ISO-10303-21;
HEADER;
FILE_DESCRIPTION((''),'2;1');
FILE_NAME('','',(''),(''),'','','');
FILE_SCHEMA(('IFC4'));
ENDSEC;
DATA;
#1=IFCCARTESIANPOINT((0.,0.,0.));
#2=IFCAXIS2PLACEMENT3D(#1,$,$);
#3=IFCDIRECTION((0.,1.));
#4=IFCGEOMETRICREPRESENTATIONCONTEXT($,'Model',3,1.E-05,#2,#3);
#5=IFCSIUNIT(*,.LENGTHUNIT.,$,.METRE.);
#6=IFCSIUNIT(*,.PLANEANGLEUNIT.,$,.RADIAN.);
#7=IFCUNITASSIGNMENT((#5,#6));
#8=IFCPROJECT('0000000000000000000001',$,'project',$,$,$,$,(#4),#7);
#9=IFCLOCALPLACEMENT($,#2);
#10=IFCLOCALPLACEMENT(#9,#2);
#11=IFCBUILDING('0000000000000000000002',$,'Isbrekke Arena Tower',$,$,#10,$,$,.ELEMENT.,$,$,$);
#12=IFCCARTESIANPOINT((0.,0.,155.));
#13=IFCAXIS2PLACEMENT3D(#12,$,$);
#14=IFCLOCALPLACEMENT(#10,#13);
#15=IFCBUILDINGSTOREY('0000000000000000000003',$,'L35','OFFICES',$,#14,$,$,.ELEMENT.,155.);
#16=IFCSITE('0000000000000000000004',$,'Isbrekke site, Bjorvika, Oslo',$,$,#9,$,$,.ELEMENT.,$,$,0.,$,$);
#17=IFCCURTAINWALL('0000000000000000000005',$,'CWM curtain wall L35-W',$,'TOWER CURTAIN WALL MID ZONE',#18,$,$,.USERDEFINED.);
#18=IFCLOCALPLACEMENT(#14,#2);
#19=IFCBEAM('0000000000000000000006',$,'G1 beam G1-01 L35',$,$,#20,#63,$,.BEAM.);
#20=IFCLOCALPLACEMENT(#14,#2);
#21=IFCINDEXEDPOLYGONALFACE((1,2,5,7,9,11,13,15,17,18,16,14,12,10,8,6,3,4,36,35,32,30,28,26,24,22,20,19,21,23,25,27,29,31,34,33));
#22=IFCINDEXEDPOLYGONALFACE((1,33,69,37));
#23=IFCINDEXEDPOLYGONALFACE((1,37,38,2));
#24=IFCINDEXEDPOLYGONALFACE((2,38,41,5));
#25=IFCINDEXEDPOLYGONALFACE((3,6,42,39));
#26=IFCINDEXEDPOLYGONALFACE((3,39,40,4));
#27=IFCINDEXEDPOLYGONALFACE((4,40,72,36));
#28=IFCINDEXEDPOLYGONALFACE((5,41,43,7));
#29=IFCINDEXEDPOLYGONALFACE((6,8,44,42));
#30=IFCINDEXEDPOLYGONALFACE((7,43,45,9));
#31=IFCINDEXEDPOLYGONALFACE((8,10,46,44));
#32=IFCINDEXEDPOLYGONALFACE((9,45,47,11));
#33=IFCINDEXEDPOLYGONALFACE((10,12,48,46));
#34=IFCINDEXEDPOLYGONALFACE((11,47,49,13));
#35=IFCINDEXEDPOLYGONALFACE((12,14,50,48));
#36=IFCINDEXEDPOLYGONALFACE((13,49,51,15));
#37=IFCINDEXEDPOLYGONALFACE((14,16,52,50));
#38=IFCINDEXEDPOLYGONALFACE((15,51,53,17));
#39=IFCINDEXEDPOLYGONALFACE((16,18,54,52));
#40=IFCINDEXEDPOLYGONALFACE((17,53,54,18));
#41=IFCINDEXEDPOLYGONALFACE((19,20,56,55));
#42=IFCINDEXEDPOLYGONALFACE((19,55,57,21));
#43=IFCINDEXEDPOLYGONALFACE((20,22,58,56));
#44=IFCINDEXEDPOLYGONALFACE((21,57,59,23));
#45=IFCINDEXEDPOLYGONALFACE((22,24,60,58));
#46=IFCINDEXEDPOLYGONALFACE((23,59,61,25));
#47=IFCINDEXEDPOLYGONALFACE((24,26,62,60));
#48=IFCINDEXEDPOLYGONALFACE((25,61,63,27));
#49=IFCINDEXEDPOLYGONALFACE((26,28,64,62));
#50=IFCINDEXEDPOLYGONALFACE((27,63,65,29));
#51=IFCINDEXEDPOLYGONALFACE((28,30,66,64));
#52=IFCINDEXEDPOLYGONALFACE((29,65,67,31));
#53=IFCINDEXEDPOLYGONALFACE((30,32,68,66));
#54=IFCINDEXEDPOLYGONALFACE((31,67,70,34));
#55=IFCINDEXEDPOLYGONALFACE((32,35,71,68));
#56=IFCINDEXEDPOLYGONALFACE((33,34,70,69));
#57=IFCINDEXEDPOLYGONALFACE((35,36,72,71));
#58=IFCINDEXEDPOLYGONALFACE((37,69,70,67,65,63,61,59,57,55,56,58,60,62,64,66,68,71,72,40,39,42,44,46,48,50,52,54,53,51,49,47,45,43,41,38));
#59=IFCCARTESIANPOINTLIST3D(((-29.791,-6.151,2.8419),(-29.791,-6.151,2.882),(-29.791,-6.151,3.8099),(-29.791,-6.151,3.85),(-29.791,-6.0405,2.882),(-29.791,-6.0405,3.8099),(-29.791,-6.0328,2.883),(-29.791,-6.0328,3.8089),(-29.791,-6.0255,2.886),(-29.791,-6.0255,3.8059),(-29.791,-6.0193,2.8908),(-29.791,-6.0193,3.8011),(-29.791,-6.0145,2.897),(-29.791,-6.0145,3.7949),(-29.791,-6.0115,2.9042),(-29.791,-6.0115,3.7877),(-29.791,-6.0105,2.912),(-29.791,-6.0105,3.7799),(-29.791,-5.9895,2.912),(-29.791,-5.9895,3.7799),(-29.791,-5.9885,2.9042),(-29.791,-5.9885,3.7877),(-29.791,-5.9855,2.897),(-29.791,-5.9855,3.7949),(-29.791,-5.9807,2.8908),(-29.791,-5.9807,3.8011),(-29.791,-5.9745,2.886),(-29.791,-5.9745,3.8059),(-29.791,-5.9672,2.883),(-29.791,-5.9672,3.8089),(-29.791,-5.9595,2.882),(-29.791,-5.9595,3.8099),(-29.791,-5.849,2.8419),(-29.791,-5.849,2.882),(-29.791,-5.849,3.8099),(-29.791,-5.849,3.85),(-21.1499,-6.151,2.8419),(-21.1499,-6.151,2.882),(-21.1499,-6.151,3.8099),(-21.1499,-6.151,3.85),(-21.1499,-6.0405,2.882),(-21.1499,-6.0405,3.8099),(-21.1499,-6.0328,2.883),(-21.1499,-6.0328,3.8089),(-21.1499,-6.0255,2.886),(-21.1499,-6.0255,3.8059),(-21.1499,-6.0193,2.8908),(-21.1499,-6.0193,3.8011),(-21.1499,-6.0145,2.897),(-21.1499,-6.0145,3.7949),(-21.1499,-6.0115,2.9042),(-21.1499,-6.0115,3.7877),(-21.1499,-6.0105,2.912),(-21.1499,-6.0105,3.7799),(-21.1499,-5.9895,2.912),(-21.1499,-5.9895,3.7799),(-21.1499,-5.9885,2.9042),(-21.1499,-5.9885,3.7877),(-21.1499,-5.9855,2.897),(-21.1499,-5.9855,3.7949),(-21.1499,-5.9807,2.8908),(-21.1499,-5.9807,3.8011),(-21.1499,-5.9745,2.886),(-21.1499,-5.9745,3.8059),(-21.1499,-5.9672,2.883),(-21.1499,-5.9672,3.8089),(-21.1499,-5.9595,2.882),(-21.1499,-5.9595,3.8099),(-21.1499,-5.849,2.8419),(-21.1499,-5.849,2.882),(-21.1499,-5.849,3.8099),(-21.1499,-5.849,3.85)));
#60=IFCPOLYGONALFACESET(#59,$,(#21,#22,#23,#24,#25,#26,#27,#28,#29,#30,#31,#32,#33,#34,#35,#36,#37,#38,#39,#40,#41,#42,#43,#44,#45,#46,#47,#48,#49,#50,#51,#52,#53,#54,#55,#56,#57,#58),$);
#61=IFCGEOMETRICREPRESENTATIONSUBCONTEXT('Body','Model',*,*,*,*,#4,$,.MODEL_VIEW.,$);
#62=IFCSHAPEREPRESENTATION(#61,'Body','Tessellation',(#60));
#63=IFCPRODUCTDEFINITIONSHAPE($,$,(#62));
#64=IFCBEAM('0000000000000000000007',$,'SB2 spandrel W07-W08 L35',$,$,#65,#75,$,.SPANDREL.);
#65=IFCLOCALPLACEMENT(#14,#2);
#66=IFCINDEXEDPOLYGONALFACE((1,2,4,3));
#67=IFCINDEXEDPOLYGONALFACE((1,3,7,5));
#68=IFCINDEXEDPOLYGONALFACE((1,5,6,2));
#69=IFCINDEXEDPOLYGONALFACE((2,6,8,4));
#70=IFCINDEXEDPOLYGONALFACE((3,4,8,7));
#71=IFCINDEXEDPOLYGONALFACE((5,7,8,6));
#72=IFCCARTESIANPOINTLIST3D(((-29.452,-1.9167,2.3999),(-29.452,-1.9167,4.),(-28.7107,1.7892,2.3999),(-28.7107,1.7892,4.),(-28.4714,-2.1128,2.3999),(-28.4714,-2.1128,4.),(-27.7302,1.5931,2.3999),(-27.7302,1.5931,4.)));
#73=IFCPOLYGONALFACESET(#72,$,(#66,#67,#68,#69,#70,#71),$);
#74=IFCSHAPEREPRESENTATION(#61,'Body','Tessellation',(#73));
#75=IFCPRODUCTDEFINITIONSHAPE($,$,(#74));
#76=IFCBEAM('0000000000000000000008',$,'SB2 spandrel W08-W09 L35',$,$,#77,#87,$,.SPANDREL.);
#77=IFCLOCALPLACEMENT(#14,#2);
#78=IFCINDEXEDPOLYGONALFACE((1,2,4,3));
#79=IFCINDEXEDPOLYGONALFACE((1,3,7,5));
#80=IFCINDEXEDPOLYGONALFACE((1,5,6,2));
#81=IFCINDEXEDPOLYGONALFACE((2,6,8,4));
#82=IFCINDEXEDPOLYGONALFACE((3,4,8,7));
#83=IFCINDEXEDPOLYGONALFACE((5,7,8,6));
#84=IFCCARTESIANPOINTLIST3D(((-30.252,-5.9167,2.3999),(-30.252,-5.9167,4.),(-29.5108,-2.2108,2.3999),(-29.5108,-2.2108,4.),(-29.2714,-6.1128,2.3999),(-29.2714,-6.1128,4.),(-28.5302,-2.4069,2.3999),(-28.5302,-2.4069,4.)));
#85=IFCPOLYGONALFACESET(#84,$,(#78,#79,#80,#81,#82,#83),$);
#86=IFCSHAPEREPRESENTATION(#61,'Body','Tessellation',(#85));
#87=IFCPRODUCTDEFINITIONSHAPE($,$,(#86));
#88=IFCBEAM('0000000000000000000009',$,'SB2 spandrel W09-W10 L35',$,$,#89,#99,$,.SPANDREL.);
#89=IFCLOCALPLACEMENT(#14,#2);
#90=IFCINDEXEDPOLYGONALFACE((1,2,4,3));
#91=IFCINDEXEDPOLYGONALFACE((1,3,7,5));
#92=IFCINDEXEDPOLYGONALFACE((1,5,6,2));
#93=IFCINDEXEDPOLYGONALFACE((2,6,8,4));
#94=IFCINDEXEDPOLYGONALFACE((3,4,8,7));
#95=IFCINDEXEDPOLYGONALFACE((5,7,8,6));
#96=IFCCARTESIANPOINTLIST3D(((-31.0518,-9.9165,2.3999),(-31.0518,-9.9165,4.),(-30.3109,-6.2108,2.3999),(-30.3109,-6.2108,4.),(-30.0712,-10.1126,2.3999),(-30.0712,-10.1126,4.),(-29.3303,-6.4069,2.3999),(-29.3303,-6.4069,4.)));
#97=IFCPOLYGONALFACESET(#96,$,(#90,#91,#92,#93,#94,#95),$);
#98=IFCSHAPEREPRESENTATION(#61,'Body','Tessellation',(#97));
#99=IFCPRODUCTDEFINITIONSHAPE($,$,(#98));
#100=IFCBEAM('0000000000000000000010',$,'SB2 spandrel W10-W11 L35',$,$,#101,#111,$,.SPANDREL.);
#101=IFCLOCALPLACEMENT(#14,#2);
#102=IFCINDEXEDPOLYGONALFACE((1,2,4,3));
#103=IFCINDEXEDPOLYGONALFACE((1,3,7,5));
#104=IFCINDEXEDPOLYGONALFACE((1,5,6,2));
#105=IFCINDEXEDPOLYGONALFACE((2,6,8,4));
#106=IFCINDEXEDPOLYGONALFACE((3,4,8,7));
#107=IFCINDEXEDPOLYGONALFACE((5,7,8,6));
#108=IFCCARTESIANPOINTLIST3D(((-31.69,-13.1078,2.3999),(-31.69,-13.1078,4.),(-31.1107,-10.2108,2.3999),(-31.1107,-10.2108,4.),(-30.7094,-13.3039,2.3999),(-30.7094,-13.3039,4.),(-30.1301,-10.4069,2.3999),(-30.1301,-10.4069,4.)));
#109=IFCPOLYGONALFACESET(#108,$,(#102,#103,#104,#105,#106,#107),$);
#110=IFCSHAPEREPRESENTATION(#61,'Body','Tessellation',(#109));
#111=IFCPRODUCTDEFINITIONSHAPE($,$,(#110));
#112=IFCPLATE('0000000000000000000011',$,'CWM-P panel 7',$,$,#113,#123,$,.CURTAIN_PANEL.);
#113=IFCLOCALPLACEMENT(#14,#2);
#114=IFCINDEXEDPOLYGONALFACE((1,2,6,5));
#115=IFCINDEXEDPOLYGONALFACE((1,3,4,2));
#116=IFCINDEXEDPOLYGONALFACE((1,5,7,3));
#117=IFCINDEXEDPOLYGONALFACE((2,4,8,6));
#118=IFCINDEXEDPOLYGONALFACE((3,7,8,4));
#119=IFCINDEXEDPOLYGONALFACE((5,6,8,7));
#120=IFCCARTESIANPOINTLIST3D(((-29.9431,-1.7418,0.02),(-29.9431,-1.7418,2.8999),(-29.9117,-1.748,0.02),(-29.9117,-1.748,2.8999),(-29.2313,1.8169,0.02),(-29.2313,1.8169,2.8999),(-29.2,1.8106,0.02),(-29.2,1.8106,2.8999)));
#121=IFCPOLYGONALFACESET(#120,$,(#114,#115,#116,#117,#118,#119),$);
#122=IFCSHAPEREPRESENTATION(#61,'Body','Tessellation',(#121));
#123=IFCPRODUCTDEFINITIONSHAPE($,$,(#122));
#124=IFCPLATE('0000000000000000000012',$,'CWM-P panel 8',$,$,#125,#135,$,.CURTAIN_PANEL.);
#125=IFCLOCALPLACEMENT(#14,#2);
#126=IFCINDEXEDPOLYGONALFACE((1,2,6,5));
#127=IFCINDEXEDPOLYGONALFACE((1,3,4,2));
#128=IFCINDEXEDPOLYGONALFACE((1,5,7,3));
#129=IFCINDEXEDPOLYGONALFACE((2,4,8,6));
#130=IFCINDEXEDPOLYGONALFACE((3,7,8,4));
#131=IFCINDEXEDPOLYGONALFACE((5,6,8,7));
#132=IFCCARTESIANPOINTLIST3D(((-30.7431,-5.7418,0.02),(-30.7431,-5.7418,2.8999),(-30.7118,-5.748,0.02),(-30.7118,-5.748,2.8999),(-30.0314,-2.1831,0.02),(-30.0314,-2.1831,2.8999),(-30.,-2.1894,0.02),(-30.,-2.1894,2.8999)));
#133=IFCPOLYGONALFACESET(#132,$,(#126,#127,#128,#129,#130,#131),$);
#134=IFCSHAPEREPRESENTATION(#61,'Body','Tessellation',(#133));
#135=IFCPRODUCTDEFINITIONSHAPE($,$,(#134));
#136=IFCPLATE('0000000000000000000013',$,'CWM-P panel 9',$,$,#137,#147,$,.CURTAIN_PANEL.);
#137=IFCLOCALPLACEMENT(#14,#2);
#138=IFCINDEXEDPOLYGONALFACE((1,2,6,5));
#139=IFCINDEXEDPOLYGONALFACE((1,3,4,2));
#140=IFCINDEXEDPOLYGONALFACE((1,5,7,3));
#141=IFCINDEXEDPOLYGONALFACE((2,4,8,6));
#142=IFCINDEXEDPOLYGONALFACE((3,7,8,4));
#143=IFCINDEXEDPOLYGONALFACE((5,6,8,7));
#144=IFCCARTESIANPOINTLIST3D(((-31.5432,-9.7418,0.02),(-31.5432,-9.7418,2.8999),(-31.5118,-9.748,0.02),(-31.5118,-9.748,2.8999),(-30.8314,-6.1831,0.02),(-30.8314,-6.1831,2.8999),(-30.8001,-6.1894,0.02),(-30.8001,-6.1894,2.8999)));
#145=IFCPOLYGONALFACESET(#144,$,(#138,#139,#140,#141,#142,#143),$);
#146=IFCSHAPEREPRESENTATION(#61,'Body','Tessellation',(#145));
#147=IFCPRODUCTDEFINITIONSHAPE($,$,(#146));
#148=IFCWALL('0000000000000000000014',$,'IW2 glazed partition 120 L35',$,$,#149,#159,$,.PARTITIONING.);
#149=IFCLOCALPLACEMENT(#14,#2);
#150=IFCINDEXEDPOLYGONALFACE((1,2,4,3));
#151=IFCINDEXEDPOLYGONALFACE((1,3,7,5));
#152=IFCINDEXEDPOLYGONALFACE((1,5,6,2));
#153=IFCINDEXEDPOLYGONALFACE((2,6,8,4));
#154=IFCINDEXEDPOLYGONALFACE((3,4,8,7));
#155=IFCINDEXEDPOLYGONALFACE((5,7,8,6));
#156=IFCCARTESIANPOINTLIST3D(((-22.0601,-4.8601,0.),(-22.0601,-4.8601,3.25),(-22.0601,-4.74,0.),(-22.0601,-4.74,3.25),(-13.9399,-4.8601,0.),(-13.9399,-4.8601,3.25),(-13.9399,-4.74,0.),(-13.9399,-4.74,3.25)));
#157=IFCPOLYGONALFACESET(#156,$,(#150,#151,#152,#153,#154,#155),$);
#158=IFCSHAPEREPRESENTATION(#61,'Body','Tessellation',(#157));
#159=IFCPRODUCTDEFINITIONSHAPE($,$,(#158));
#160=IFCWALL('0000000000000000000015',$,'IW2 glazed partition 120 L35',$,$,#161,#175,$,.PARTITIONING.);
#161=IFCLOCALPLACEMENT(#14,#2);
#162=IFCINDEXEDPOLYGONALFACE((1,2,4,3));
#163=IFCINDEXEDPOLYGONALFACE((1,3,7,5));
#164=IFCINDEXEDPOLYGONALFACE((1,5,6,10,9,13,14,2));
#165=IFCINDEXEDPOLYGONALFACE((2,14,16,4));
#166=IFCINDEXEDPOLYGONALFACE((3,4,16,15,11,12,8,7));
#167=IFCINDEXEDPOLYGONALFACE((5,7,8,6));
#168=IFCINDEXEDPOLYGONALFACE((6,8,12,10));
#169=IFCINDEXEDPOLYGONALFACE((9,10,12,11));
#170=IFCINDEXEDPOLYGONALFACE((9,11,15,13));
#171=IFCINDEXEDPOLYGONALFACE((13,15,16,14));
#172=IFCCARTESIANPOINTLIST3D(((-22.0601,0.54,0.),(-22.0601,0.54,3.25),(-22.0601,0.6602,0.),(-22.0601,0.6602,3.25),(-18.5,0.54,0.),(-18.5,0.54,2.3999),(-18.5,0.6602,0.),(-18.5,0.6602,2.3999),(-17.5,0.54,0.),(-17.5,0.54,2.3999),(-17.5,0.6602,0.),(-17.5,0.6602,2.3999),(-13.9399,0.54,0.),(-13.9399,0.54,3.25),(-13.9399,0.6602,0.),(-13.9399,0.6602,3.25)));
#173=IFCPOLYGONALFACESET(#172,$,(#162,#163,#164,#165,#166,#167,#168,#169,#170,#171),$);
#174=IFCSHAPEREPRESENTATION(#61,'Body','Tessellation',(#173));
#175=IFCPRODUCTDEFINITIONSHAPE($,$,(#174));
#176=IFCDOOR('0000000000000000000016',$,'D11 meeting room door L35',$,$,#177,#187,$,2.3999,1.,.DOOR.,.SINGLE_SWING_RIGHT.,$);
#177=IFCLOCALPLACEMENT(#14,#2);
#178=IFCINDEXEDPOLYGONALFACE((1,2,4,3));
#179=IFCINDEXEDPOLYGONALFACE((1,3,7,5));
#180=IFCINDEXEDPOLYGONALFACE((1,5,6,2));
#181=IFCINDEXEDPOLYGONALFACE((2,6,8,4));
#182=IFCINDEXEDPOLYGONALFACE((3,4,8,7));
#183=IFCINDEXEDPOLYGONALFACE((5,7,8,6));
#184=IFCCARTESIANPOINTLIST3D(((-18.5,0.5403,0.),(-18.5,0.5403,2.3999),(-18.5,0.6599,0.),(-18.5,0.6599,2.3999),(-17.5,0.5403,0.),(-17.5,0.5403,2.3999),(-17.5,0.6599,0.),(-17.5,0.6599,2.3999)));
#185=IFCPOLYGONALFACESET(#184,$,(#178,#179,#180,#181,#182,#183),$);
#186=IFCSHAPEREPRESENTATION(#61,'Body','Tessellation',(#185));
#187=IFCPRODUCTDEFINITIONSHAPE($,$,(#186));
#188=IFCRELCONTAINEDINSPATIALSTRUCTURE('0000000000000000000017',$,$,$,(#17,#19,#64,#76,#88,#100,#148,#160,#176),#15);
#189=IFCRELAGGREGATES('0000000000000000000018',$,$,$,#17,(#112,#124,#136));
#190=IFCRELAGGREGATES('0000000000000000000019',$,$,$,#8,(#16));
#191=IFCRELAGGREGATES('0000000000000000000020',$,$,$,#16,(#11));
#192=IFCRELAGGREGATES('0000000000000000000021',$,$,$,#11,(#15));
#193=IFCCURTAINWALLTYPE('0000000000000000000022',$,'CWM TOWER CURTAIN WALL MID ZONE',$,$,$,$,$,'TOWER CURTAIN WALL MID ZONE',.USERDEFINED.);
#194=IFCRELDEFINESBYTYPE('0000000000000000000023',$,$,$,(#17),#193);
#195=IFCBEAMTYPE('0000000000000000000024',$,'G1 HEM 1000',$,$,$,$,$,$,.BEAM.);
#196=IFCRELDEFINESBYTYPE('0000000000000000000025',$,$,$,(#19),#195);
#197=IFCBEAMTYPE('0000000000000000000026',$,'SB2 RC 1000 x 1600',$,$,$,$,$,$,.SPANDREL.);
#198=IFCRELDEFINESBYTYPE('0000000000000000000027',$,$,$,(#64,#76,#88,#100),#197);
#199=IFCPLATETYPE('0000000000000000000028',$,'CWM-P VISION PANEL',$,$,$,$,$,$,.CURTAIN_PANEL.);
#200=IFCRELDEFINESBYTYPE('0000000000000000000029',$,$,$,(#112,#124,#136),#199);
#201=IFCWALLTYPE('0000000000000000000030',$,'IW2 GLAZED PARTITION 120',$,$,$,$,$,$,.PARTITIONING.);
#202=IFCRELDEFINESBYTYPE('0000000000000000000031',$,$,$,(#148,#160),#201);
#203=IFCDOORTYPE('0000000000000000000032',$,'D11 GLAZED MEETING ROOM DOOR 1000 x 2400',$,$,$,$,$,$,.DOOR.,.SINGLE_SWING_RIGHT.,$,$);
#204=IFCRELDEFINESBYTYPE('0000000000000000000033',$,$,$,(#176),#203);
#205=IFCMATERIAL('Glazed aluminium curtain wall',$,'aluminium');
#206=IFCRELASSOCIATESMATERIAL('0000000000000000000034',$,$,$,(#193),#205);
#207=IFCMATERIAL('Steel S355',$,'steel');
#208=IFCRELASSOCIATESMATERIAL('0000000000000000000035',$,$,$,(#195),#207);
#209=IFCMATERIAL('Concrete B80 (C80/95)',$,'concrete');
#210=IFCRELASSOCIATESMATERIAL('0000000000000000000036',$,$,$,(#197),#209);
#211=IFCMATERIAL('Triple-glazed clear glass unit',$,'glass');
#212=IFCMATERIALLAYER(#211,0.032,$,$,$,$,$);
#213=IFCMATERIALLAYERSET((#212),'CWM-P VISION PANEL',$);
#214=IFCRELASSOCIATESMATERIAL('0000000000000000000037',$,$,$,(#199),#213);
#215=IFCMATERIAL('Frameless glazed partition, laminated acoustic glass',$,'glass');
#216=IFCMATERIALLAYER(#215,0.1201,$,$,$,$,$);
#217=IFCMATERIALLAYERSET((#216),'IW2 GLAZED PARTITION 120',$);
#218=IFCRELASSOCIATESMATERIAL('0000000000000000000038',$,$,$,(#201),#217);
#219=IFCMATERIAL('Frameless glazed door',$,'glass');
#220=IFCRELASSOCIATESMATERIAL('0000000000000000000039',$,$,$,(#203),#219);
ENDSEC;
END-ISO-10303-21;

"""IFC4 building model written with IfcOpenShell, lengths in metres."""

from ifc_helpers import new_model, si_unit, direction, frame, frame_2d, origin, origin_2d, place, context, subcontext, project, spatial, rectangle, i_section, extrude, material, layer, layer_set, material_profile, profile_set, type_object, element, fill, aggregate, save


model = new_model("IFC4")

# Units and contexts
model_context = context("Model", 3, precision=1e-05, world=origin(), true_north=direction((0.0, 1.0)))
body_context = subcontext(model_context, "Body", "Model", "MODEL_VIEW")
ifc_project = project(units=[si_unit("LENGTHUNIT", "METRE"), si_unit("PLANEANGLEUNIT", "RADIAN")], contexts=[model_context])

# Site, building, storey
site_placement = place(None, origin())
site = spatial("IfcSite", under=ifc_project, at=site_placement, Name="Isbrekke site, Bjorvika, Oslo", CompositionType="ELEMENT", RefElevation=0.0)
building_placement = place(site_placement, origin())
building = spatial("IfcBuilding", under=site, at=building_placement, Name="Isbrekke Arena Tower", CompositionType="ELEMENT")
storey_placement = place(building_placement, frame((0.0, 0.0, 155.0)))
storey = spatial("IfcBuildingStorey", under=building, at=storey_placement, Name="L35", Description="OFFICES", CompositionType="ELEMENT", Elevation=155.0)

# Curtain wall
ifc_material_1 = material(Name="Glazed aluminium curtain wall", Category="aluminium")
curtain_wall_type = type_object("IfcCurtainWallType", Name="CWM TOWER CURTAIN WALL MID ZONE", ElementType="TOWER CURTAIN WALL MID ZONE", PredefinedType="USERDEFINED", material=ifc_material_1)
curtain_wall_placement = place(storey_placement, origin())
curtain_wall = element("IfcCurtainWall", 1, at=curtain_wall_placement, inside=storey, type_object=curtain_wall_type, Name="CWM curtain wall L35-W", ObjectType="TOWER CURTAIN WALL MID ZONE", PredefinedType="USERDEFINED")

# Beams
ifc_material_2 = material(Name="Steel S355", Category="steel")
ifc_material_profile_1 = material_profile(ifc_material_2, i_section(OverallWidth=0.302, OverallDepth=1.0081, WebThickness=0.021, FlangeThickness=0.04, FilletRadius=0.03, at=origin_2d()), Name="HEM 1000")
ifc_profile_set_1 = profile_set([ifc_material_profile_1], Name="Steel S355")
beam_type_1 = type_object("IfcBeamType", Name="G1 HEM 1000", PredefinedType="BEAM", material=ifc_profile_set_1)
beam_1_placement = place(storey_placement, frame((-29.791, -6.0, 3.3459), z_axis=(1.0, 0.0, 0.0), x_axis=(0.0, 1.0, 0.0)))
element("IfcBeam", 2, at=beam_1_placement, inside=storey, type_object=beam_type_1, Name="G1 beam G1-01 L35", PredefinedType="BEAM", context=body_context, shape_type="SweptSolid", body=[
    extrude(i_section(OverallWidth=0.302, OverallDepth=1.0081, WebThickness=0.021, FlangeThickness=0.04, FilletRadius=0.03, at=origin_2d()), origin(), (0.0, 0.0, 1.0), 8.6411),
])
ifc_material_3 = material(Name="Concrete B80 (C80/95)", Category="concrete")
ifc_material_profile_2 = material_profile(ifc_material_3, rectangle(XDim=1.0, YDim=1.6001, at=origin_2d()), Name="RC 1000x1600")
ifc_profile_set_2 = profile_set([ifc_material_profile_2], Name="Concrete B80 (C80/95)")
beam_type_2 = type_object("IfcBeamType", Name="SB2 RC 1000 x 1600", PredefinedType="SPANDREL", material=ifc_profile_set_2)
for number, where, z_axis, x_axis, name in (
    (3, (-28.2205, 1.6912, 3.2), (-0.196129, -0.980578, 0.0), (0.980578, -0.196129, 0.0), "SB2 spandrel W07-W08 L35"),
    (4, (-29.0205, -2.3088, 3.2), (-0.196129, -0.980578, 0.0), (0.980578, -0.196129, 0.0), "SB2 spandrel W08-W09 L35"),
):
    element("IfcBeam", number, at=place(storey_placement, frame(where, z_axis=z_axis, x_axis=x_axis)), inside=storey, type_object=beam_type_2, Name=name, PredefinedType="SPANDREL", context=body_context, shape_type="SweptSolid", body=[
        extrude(rectangle(XDim=1.0, YDim=1.6001, at=origin_2d()), origin(), (0.0, 0.0, 1.0), 3.7793),
    ])
beam_2_placement = place(storey_placement, frame((-29.8206, -6.3088, 3.2), z_axis=(-0.196066, -0.980591, 0.0), x_axis=(0.980591, -0.196066, 0.0)))
element("IfcBeam", 5, at=beam_2_placement, inside=storey, type_object=beam_type_2, Name="SB2 spandrel W09-W10 L35", PredefinedType="SPANDREL", context=body_context, shape_type="SweptSolid", body=[
    extrude(rectangle(XDim=1.0, YDim=1.6001, at=origin_2d()), origin(), (0.0, 0.0, 1.0), 3.7791),
])
beam_3_placement = place(storey_placement, frame((-30.6204, -10.3088, 3.2), z_axis=(-0.1961, -0.980584, 0.0), x_axis=(0.980584, -0.1961, 0.0)))
element("IfcBeam", 6, at=beam_3_placement, inside=storey, type_object=beam_type_2, Name="SB2 spandrel W10-W11 L35", PredefinedType="SPANDREL", context=body_context, shape_type="SweptSolid", body=[
    extrude(rectangle(XDim=1.0, YDim=1.6001, at=origin_2d()), origin(), (0.0, 0.0, 1.0), 2.9543),
])

# Plates
ifc_material_4 = material(Name="Triple-glazed clear glass unit", Category="glass")
ifc_layer_1 = layer(ifc_material_4, 0.032)
ifc_layer_set_1 = layer_set([ifc_layer_1], Name="CWM-P VISION PANEL")
plate_type = type_object("IfcPlateType", Name="CWM-P VISION PANEL", PredefinedType="CURTAIN_PANEL", material=ifc_layer_set_1)
plate_1_placement = place(storey_placement, frame((-29.5715, 0.0344, 0.02), z_axis=(0.0, 0.0, 1.0), x_axis=(-0.196116, -0.980581, 0.0)))
plate_1 = element("IfcPlate", 7, at=plate_1_placement, type_object=plate_type, Name="CWM-P panel 7", PredefinedType="CURTAIN_PANEL", context=body_context, shape_type="SweptSolid", body=[
    extrude(rectangle(XDim=3.6292, YDim=0.032, at=origin_2d()), origin(), (0.0, 0.0, 1.0), 2.8799),
])
plate_2_placement = place(storey_placement, frame((-30.3716, -3.9656, 0.02), z_axis=(0.0, 0.0, 1.0), x_axis=(-0.196116, -0.980581, 0.0)))
plate_2 = element("IfcPlate", 8, at=plate_2_placement, type_object=plate_type, Name="CWM-P panel 8", PredefinedType="CURTAIN_PANEL", context=body_context, shape_type="SweptSolid", body=[
    extrude(rectangle(XDim=3.6292, YDim=0.032, at=origin_2d()), origin(), (0.0, 0.0, 1.0), 2.8799),
])
plate_3_placement = place(storey_placement, frame((-31.1716, -7.9656, 0.02), z_axis=(0.0, 0.0, 1.0), x_axis=(-0.196116, -0.980581, 0.0)))
plate_3 = element("IfcPlate", 9, at=plate_3_placement, type_object=plate_type, Name="CWM-P panel 9", PredefinedType="CURTAIN_PANEL", context=body_context, shape_type="SweptSolid", body=[
    extrude(rectangle(XDim=3.6292, YDim=0.032, at=origin_2d()), origin(), (0.0, 0.0, 1.0), 2.8799),
])
aggregate(curtain_wall, [plate_1, plate_2, plate_3])

# Wall
ifc_material_5 = material(Name="Frameless glazed partition, laminated acoustic glass", Category="glass")
ifc_layer_2 = layer(ifc_material_5, 0.1201)
ifc_layer_set_2 = layer_set([ifc_layer_2], Name="IW2 GLAZED PARTITION 120")
wall_type_1 = type_object("IfcWallType", Name="IW2 GLAZED PARTITION 120", PredefinedType="PARTITIONING", material=ifc_layer_set_2)
wall_1_placement = place(storey_placement, frame((-22.0601, -4.8, 0.0), z_axis=(0.0, 0.0, 1.0), x_axis=(1.0, 0.0, 0.0)))
element("IfcWall", 10, at=wall_1_placement, inside=storey, type_object=wall_type_1, Name="IW2 glazed partition 120 L35", PredefinedType="PARTITIONING", context=body_context, shape_type="SweptSolid", body=[
    extrude(rectangle(XDim=8.1201, YDim=0.1201, at=frame_2d((4.0601, 0.0))), origin(), (0.0, 0.0, 1.0), 3.25),
])

# Wall, opening, door
wall_2_placement = place(storey_placement, frame((-22.0601, 0.6001, 0.0), z_axis=(0.0, 0.0, 1.0), x_axis=(1.0, 0.0, 0.0)))
wall_2 = element("IfcWall", 11, at=wall_2_placement, inside=storey, type_object=wall_type_1, Name="IW2 glazed partition 120 L35", PredefinedType="PARTITIONING", context=body_context, shape_type="SweptSolid", body=[
    extrude(rectangle(XDim=8.1201, YDim=0.1201, at=frame_2d((4.0601, 0.0))), origin(), (0.0, 0.0, 1.0), 3.25),
])
opening_1_placement = place(wall_2_placement, frame((3.5601, 0.0, 0.0)))
opening_1 = element("IfcOpeningElement", 12, at=opening_1_placement, cuts=wall_2, PredefinedType="OPENING", context=body_context, shape_type="SweptSolid", body=[
    extrude(rectangle(XDim=1.0, YDim=2.3999, at=frame_2d((0.5, 1.2))), frame((0.0, 0.075, 0.0), z_axis=(0.0, -1.0, 0.0), x_axis=(1.0, 0.0, 0.0)), (0.0, 0.0, 1.0), 0.1499),
])
ifc_material_6 = material(Name="Frameless glazed door", Category="glass")
door_type_1 = type_object("IfcDoorType", Name="D11 GLAZED MEETING ROOM DOOR 1000 x 2400", OperationType="SINGLE_SWING_RIGHT", PredefinedType="DOOR", material=ifc_material_6)
door_1_placement = place(opening_1_placement, origin())
door_1 = element("IfcDoor", 13, at=door_1_placement, inside=storey, type_object=door_type_1, Name="D11 meeting room door L35", OperationType="SINGLE_SWING_RIGHT", OverallHeight=2.3999, OverallWidth=1.0, PredefinedType="DOOR", context=body_context, shape_type="SweptSolid", body=[
    extrude(rectangle(XDim=1.0, YDim=2.3999, at=frame_2d((0.5, 1.2))), frame((0.0, 0.0598, 0.0), z_axis=(0.0, -1.0, 0.0), x_axis=(1.0, 0.0, 0.0)), (0.0, 0.0, 1.0), 0.1196),
])
fill(opening_1, door_1)

save(model, "model.ifc")
